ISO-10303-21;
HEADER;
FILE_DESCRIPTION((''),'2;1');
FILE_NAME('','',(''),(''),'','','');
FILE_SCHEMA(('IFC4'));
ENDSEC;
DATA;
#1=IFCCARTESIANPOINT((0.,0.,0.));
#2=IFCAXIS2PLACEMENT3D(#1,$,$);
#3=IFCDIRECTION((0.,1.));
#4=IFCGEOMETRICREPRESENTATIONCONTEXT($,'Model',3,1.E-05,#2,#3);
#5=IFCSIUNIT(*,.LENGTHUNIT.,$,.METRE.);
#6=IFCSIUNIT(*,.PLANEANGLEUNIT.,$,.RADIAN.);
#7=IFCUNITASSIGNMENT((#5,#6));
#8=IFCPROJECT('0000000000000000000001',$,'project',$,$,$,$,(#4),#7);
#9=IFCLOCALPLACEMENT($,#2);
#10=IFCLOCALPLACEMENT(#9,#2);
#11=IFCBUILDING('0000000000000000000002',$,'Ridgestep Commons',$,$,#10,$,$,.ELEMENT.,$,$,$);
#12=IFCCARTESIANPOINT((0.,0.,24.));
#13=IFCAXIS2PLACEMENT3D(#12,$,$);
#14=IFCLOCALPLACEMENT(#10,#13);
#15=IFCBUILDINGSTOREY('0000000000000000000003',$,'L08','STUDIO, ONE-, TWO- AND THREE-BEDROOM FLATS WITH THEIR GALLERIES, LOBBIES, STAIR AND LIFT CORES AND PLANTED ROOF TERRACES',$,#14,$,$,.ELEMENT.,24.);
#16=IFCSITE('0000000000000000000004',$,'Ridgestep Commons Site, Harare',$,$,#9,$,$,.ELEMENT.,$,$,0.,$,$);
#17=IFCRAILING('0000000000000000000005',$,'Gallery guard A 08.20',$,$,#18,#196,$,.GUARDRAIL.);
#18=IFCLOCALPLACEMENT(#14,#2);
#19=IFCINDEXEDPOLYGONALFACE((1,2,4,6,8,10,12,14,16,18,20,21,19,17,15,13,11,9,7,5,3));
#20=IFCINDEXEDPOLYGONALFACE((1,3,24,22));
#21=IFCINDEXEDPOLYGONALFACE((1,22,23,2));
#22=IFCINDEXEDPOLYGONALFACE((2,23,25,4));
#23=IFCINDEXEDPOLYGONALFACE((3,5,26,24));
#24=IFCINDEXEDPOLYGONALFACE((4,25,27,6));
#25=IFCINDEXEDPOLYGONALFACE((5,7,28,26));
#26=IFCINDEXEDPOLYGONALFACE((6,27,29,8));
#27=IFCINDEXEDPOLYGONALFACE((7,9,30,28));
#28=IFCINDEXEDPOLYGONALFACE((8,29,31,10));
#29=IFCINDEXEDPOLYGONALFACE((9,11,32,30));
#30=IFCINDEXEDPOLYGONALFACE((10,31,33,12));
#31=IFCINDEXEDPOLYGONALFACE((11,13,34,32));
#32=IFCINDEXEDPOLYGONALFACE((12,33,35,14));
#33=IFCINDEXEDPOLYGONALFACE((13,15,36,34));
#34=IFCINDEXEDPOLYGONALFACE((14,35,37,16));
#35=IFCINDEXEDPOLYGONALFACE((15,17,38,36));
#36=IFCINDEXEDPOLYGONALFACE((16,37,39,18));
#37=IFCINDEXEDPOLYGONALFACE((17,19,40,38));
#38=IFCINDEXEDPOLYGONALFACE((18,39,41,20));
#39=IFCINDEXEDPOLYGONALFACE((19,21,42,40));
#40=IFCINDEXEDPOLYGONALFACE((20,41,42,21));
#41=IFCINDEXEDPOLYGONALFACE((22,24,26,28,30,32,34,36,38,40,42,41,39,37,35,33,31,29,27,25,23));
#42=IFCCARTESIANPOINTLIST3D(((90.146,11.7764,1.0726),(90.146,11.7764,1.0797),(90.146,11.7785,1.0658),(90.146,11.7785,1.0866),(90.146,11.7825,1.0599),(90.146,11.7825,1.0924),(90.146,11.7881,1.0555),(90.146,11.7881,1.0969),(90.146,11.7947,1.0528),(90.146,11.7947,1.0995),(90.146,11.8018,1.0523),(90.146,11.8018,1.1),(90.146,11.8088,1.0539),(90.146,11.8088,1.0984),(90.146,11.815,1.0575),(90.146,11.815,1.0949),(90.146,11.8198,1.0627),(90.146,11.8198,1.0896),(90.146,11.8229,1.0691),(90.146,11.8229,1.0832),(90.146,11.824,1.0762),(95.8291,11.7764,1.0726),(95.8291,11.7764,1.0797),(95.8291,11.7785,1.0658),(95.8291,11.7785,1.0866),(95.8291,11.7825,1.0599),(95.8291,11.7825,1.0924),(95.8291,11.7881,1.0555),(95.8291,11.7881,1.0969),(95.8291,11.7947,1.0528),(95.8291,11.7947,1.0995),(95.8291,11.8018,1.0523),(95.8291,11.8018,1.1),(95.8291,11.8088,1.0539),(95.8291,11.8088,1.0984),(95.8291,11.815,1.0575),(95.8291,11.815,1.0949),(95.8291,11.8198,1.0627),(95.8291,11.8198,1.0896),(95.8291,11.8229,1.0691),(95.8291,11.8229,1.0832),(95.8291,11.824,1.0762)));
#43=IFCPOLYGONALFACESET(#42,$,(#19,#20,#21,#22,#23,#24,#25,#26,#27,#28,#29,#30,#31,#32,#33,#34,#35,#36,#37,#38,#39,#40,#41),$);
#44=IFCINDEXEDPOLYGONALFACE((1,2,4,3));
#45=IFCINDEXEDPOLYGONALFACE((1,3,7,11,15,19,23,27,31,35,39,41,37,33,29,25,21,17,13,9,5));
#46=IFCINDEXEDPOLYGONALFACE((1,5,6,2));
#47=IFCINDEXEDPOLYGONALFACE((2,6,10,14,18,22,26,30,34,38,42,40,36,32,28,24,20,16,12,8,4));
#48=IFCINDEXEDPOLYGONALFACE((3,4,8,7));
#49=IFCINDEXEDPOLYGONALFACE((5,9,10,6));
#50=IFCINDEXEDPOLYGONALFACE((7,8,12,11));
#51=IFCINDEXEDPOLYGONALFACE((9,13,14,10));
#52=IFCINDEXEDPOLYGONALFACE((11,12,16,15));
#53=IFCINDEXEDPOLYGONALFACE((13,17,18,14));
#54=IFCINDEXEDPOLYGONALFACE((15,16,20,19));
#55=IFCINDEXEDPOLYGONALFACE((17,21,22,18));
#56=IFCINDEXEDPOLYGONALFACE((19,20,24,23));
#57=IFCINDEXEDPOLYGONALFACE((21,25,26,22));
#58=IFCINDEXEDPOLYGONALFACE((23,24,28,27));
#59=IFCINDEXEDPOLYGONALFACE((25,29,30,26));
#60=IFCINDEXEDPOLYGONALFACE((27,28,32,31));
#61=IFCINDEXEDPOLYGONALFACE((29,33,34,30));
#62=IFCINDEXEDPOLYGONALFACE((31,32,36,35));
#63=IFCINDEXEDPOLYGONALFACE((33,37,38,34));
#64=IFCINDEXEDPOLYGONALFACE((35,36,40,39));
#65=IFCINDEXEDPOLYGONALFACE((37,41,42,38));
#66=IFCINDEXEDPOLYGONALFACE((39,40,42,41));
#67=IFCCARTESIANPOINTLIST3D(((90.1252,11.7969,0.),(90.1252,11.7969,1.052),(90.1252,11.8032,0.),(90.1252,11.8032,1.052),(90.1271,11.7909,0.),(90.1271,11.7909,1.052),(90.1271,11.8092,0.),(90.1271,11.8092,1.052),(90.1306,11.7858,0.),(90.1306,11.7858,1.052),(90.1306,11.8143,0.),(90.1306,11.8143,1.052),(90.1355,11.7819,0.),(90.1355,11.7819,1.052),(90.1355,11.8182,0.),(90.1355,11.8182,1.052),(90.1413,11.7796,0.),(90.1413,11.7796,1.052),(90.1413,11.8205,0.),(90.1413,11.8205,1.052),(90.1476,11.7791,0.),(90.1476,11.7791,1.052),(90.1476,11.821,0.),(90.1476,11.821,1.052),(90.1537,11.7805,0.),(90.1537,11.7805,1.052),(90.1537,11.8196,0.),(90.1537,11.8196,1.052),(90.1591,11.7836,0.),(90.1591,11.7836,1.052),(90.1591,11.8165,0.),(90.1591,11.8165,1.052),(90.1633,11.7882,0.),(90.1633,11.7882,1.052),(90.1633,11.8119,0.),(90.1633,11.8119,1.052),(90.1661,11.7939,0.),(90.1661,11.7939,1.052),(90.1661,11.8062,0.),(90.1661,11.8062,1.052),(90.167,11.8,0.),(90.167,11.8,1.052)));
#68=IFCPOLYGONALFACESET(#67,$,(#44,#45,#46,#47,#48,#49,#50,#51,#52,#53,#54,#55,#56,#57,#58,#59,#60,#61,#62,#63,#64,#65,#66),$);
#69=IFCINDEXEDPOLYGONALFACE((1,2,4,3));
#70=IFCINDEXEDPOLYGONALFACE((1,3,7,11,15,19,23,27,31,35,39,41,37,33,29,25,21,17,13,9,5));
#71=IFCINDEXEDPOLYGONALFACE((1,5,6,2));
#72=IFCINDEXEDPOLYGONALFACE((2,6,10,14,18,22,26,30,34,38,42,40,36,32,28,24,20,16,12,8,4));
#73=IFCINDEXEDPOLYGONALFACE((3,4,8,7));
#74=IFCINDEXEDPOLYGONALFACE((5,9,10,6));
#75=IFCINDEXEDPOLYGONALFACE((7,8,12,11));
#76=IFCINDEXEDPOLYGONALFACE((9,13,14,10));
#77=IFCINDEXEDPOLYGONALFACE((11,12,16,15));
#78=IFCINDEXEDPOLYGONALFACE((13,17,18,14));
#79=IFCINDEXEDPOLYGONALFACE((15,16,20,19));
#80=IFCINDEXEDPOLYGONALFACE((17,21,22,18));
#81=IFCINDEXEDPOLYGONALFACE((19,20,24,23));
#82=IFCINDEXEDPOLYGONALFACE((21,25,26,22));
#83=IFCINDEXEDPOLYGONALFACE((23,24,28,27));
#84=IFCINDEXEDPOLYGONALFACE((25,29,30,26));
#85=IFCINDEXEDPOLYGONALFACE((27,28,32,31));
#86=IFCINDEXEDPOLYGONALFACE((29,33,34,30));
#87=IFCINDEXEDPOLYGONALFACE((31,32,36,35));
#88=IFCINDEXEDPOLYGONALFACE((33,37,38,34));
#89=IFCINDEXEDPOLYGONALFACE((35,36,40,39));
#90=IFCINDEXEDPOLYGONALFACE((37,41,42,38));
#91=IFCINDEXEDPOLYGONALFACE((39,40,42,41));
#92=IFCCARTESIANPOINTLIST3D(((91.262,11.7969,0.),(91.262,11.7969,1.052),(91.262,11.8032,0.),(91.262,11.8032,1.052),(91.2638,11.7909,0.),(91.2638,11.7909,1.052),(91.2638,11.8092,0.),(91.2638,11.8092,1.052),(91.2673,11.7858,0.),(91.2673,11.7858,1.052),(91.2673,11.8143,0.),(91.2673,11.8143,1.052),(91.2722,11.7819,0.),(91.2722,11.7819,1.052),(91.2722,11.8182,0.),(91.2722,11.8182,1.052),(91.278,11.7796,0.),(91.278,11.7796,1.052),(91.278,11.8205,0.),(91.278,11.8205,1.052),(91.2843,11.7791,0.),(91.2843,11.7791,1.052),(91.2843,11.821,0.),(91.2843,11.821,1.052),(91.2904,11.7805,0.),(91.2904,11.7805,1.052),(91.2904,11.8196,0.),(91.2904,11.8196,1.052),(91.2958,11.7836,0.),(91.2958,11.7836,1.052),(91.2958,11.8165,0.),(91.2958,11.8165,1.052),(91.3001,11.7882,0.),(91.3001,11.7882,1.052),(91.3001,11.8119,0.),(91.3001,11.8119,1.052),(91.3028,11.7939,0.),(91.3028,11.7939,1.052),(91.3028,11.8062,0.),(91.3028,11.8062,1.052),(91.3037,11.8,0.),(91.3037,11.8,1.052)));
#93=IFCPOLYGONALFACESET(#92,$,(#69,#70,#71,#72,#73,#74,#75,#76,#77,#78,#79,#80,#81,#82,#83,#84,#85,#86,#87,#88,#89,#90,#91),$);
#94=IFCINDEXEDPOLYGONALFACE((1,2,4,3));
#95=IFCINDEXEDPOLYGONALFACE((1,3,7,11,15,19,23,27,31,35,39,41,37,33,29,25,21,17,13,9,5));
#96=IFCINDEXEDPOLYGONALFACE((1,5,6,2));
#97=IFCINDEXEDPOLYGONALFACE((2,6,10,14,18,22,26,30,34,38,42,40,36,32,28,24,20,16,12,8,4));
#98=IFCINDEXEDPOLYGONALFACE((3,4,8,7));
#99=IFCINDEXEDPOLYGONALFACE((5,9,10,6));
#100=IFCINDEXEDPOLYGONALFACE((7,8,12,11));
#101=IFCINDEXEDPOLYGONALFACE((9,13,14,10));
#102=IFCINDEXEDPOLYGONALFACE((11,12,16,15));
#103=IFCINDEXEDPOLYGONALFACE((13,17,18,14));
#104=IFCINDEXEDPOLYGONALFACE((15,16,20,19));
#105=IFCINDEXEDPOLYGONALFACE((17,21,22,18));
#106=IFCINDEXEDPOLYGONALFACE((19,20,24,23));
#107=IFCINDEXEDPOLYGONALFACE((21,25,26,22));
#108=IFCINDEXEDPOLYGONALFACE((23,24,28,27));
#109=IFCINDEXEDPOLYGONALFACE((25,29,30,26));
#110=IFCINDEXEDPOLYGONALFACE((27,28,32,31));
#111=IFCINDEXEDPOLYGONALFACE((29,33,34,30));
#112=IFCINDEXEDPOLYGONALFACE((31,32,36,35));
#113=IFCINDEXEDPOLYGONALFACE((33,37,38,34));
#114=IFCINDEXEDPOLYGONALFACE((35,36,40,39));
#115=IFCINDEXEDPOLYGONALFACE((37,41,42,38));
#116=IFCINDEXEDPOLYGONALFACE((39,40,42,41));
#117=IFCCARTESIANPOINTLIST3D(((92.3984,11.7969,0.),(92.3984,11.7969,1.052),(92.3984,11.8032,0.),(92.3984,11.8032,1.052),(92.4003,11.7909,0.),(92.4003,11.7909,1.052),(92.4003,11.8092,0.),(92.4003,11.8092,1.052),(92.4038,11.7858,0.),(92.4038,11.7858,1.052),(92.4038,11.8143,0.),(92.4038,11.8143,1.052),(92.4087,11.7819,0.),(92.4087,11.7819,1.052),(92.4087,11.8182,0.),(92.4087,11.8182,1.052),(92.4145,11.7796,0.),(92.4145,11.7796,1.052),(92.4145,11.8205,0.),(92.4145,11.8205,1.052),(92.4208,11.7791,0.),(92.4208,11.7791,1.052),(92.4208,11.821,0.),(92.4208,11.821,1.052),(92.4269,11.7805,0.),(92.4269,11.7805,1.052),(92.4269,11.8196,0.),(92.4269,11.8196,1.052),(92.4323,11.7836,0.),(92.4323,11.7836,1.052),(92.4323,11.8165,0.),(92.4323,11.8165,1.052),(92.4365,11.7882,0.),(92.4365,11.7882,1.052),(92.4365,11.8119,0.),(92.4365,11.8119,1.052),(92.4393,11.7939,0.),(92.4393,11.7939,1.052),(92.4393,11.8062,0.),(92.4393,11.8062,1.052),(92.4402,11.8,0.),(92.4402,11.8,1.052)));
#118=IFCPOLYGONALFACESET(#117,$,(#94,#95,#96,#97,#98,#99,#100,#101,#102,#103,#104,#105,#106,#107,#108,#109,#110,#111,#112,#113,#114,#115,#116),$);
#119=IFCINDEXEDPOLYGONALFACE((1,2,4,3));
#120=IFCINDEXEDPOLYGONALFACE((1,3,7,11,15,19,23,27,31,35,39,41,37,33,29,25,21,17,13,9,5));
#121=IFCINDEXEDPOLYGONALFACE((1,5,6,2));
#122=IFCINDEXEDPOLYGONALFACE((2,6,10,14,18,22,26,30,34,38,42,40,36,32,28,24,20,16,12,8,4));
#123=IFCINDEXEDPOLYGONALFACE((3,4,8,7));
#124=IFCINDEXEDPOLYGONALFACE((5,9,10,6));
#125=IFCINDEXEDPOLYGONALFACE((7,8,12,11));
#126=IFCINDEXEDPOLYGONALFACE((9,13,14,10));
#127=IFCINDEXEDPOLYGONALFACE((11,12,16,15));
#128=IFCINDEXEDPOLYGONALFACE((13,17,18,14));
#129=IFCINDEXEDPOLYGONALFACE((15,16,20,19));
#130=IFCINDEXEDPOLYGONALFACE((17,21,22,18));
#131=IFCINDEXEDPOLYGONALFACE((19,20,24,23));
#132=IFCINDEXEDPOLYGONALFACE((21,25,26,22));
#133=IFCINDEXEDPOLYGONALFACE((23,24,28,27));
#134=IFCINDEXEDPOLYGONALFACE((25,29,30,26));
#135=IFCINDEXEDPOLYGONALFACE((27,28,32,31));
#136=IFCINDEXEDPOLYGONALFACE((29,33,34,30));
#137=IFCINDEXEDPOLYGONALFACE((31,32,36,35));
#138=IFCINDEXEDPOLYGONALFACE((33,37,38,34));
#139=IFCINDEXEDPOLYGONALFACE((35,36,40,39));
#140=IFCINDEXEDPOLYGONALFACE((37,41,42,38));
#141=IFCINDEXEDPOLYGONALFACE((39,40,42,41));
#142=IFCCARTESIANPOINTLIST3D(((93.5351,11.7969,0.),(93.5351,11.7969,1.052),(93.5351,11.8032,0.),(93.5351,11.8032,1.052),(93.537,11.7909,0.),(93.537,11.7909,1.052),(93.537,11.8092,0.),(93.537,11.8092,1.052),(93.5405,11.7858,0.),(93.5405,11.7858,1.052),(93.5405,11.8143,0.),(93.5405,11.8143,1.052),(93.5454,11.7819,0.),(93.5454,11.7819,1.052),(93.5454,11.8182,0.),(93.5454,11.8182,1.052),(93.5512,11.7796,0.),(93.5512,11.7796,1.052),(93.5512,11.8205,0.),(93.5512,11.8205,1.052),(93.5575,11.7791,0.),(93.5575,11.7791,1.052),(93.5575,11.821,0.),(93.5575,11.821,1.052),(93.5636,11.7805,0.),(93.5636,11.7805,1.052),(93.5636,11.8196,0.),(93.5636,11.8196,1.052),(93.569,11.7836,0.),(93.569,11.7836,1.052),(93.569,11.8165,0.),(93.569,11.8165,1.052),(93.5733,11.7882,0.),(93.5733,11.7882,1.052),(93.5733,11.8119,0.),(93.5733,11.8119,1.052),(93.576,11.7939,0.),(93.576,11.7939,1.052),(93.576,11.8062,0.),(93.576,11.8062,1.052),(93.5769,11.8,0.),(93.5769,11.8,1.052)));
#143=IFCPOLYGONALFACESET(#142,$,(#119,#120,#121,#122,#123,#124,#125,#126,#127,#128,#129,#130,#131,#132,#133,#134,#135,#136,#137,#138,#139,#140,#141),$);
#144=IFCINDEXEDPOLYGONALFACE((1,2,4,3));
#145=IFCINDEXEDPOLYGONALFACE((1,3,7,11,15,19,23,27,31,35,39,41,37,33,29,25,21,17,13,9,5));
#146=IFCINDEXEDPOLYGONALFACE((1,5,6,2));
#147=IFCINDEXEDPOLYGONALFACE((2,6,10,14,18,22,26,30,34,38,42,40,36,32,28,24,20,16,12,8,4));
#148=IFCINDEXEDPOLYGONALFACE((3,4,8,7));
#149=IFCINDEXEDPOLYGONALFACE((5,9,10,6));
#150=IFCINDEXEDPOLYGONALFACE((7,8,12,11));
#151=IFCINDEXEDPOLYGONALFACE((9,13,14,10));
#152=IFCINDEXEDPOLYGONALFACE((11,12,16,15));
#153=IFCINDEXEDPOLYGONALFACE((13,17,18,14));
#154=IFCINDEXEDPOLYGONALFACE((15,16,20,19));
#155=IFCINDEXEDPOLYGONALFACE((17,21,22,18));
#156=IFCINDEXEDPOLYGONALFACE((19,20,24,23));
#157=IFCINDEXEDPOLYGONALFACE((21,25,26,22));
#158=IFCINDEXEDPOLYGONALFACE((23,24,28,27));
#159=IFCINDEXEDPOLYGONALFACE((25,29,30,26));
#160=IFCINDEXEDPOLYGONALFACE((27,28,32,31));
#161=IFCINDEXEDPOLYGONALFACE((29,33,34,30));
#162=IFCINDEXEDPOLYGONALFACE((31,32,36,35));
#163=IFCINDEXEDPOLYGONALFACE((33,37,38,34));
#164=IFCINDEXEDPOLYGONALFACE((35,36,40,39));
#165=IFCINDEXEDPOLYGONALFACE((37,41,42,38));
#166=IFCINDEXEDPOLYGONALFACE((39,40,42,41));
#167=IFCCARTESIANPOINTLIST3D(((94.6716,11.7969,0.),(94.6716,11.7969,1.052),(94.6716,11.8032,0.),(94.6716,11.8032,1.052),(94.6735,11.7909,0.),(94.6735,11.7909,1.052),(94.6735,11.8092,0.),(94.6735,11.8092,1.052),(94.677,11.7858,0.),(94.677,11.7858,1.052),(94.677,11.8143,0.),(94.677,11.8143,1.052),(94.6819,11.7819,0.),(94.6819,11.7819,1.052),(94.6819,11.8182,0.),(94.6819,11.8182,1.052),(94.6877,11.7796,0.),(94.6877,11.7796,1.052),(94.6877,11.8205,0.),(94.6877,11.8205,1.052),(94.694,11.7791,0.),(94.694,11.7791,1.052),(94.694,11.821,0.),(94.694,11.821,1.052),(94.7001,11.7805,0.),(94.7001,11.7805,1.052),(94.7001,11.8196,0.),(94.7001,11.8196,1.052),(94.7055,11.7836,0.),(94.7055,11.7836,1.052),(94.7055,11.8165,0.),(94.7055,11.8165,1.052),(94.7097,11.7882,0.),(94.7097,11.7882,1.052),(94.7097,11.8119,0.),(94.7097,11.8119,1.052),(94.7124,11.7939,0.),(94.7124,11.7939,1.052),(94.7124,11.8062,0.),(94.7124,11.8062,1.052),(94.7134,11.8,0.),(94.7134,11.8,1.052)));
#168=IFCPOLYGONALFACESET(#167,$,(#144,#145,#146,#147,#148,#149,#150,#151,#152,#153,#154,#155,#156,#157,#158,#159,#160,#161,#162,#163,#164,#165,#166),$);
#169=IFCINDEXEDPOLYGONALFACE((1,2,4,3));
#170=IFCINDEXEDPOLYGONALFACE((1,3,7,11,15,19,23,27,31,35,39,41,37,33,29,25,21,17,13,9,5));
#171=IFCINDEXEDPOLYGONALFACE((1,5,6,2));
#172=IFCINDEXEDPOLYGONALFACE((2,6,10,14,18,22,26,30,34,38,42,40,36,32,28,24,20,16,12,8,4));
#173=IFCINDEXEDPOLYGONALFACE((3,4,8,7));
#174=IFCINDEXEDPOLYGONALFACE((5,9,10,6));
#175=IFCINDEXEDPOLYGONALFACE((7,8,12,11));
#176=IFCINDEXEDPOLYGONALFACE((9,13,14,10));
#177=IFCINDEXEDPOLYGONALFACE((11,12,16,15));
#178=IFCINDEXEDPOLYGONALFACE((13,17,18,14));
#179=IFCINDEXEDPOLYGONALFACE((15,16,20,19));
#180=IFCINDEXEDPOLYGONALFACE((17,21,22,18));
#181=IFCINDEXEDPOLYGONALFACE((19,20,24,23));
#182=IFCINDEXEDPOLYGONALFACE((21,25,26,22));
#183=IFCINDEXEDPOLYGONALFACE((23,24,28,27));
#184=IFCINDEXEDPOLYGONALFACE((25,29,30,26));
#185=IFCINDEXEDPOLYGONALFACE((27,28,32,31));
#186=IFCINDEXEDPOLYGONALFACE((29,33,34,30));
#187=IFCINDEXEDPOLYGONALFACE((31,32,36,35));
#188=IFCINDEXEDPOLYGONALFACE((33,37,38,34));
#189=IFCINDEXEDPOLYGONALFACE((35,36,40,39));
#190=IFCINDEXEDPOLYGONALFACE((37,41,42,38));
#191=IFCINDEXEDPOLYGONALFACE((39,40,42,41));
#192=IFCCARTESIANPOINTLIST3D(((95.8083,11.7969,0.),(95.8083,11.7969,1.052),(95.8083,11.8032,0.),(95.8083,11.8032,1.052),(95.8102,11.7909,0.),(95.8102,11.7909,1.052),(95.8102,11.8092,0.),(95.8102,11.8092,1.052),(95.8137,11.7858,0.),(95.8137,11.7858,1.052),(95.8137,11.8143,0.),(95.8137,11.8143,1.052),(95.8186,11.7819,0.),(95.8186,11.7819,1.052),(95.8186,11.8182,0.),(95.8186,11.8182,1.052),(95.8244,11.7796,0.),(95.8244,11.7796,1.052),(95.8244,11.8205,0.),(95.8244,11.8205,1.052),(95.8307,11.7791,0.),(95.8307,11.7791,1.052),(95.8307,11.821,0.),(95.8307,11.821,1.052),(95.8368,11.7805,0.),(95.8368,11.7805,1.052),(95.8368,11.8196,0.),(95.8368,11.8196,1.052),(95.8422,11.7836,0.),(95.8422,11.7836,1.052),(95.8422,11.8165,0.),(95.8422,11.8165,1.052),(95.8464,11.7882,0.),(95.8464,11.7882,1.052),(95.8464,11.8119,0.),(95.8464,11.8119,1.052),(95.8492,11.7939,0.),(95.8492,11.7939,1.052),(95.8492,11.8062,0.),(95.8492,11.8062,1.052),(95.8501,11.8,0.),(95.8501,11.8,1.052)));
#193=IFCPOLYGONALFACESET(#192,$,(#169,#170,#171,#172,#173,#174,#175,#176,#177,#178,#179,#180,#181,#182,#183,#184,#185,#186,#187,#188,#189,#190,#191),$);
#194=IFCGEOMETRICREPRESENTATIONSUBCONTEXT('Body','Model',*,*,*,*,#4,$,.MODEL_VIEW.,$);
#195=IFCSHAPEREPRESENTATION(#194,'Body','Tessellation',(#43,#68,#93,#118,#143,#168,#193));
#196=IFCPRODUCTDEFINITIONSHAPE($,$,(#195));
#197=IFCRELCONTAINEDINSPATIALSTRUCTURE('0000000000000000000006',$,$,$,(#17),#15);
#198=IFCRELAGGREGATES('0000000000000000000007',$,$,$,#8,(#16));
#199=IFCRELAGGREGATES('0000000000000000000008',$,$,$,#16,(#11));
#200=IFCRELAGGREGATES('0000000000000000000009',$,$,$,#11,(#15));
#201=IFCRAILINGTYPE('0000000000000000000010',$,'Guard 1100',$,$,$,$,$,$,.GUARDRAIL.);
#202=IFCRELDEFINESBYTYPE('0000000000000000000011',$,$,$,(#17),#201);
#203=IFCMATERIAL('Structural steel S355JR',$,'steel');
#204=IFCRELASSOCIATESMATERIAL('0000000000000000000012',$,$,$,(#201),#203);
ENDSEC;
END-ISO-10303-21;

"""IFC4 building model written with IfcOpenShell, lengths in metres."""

from ifc_helpers import new_model, si_unit, direction, frame, origin, origin_2d, place, context, subcontext, project, spatial, circle, extrude, material, type_object, element, save


model = new_model("IFC4")

# Units and contexts
model_context = context("Model", 3, precision=1e-05, world=origin(), true_north=direction((0.0, 1.0)))
body_context = subcontext(model_context, "Body", "Model", "MODEL_VIEW")
ifc_project = project(units=[si_unit("LENGTHUNIT", "METRE"), si_unit("PLANEANGLEUNIT", "RADIAN")], contexts=[model_context])

# Site, building, storey
site_placement = place(None, origin())
site = spatial("IfcSite", under=ifc_project, at=site_placement, Name="Ridgestep Commons Site, Harare", CompositionType="ELEMENT", RefElevation=0.0)
building_placement = place(site_placement, origin())
building = spatial("IfcBuilding", under=site, at=building_placement, Name="Ridgestep Commons", CompositionType="ELEMENT")
storey_placement = place(building_placement, frame((0.0, 0.0, 24.0)))
storey = spatial("IfcBuildingStorey", under=building, at=storey_placement, Name="L08", Description="STUDIO, ONE-, TWO- AND THREE-BEDROOM FLATS WITH THEIR GALLERIES, LOBBIES, STAIR AND LIFT CORES AND PLANTED ROOF TERRACES", CompositionType="ELEMENT", Elevation=24.0)

# Railing
ifc_material_1 = material(Name="Structural steel S355JR", Category="steel")
railing_type_1 = type_object("IfcRailingType", Name="Guard 1100", PredefinedType="GUARDRAIL", material=ifc_material_1)
railing_1_placement = place(storey_placement, frame((90.146, 11.8, 0.0)))
element("IfcRailing", 1, at=railing_1_placement, inside=storey, type_object=railing_type_1, Name="Gallery guard A 08.20", PredefinedType="GUARDRAIL", context=body_context, shape_type="SweptSolid", body=[
    extrude(circle(Radius=0.0239, at=origin_2d()), frame((0.0, 0.0, 1.0762), z_axis=(1.0, 0.0, 0.0), x_axis=(0.0, 1.0, 0.0)), (0.0, 0.0, 1.0), 5.6831),
    extrude(circle(Radius=0.021, at=origin_2d()), origin(), (0.0, 0.0, 1.0), 1.052),
    extrude(circle(Radius=0.021, at=origin_2d()), frame((1.1367, 0.0, 0.0)), (0.0, 0.0, 1.0), 1.052),
    extrude(circle(Radius=0.021, at=origin_2d()), frame((2.2732, 0.0, 0.0)), (0.0, 0.0, 1.0), 1.052),
    extrude(circle(Radius=0.021, at=origin_2d()), frame((3.4099, 0.0, 0.0)), (0.0, 0.0, 1.0), 1.052),
    extrude(circle(Radius=0.021, at=origin_2d()), frame((4.5464, 0.0, 0.0)), (0.0, 0.0, 1.0), 1.052),
    extrude(circle(Radius=0.021, at=origin_2d()), frame((5.6831, 0.0, 0.0)), (0.0, 0.0, 1.0), 1.052),
])

save(model, "model.ifc")
